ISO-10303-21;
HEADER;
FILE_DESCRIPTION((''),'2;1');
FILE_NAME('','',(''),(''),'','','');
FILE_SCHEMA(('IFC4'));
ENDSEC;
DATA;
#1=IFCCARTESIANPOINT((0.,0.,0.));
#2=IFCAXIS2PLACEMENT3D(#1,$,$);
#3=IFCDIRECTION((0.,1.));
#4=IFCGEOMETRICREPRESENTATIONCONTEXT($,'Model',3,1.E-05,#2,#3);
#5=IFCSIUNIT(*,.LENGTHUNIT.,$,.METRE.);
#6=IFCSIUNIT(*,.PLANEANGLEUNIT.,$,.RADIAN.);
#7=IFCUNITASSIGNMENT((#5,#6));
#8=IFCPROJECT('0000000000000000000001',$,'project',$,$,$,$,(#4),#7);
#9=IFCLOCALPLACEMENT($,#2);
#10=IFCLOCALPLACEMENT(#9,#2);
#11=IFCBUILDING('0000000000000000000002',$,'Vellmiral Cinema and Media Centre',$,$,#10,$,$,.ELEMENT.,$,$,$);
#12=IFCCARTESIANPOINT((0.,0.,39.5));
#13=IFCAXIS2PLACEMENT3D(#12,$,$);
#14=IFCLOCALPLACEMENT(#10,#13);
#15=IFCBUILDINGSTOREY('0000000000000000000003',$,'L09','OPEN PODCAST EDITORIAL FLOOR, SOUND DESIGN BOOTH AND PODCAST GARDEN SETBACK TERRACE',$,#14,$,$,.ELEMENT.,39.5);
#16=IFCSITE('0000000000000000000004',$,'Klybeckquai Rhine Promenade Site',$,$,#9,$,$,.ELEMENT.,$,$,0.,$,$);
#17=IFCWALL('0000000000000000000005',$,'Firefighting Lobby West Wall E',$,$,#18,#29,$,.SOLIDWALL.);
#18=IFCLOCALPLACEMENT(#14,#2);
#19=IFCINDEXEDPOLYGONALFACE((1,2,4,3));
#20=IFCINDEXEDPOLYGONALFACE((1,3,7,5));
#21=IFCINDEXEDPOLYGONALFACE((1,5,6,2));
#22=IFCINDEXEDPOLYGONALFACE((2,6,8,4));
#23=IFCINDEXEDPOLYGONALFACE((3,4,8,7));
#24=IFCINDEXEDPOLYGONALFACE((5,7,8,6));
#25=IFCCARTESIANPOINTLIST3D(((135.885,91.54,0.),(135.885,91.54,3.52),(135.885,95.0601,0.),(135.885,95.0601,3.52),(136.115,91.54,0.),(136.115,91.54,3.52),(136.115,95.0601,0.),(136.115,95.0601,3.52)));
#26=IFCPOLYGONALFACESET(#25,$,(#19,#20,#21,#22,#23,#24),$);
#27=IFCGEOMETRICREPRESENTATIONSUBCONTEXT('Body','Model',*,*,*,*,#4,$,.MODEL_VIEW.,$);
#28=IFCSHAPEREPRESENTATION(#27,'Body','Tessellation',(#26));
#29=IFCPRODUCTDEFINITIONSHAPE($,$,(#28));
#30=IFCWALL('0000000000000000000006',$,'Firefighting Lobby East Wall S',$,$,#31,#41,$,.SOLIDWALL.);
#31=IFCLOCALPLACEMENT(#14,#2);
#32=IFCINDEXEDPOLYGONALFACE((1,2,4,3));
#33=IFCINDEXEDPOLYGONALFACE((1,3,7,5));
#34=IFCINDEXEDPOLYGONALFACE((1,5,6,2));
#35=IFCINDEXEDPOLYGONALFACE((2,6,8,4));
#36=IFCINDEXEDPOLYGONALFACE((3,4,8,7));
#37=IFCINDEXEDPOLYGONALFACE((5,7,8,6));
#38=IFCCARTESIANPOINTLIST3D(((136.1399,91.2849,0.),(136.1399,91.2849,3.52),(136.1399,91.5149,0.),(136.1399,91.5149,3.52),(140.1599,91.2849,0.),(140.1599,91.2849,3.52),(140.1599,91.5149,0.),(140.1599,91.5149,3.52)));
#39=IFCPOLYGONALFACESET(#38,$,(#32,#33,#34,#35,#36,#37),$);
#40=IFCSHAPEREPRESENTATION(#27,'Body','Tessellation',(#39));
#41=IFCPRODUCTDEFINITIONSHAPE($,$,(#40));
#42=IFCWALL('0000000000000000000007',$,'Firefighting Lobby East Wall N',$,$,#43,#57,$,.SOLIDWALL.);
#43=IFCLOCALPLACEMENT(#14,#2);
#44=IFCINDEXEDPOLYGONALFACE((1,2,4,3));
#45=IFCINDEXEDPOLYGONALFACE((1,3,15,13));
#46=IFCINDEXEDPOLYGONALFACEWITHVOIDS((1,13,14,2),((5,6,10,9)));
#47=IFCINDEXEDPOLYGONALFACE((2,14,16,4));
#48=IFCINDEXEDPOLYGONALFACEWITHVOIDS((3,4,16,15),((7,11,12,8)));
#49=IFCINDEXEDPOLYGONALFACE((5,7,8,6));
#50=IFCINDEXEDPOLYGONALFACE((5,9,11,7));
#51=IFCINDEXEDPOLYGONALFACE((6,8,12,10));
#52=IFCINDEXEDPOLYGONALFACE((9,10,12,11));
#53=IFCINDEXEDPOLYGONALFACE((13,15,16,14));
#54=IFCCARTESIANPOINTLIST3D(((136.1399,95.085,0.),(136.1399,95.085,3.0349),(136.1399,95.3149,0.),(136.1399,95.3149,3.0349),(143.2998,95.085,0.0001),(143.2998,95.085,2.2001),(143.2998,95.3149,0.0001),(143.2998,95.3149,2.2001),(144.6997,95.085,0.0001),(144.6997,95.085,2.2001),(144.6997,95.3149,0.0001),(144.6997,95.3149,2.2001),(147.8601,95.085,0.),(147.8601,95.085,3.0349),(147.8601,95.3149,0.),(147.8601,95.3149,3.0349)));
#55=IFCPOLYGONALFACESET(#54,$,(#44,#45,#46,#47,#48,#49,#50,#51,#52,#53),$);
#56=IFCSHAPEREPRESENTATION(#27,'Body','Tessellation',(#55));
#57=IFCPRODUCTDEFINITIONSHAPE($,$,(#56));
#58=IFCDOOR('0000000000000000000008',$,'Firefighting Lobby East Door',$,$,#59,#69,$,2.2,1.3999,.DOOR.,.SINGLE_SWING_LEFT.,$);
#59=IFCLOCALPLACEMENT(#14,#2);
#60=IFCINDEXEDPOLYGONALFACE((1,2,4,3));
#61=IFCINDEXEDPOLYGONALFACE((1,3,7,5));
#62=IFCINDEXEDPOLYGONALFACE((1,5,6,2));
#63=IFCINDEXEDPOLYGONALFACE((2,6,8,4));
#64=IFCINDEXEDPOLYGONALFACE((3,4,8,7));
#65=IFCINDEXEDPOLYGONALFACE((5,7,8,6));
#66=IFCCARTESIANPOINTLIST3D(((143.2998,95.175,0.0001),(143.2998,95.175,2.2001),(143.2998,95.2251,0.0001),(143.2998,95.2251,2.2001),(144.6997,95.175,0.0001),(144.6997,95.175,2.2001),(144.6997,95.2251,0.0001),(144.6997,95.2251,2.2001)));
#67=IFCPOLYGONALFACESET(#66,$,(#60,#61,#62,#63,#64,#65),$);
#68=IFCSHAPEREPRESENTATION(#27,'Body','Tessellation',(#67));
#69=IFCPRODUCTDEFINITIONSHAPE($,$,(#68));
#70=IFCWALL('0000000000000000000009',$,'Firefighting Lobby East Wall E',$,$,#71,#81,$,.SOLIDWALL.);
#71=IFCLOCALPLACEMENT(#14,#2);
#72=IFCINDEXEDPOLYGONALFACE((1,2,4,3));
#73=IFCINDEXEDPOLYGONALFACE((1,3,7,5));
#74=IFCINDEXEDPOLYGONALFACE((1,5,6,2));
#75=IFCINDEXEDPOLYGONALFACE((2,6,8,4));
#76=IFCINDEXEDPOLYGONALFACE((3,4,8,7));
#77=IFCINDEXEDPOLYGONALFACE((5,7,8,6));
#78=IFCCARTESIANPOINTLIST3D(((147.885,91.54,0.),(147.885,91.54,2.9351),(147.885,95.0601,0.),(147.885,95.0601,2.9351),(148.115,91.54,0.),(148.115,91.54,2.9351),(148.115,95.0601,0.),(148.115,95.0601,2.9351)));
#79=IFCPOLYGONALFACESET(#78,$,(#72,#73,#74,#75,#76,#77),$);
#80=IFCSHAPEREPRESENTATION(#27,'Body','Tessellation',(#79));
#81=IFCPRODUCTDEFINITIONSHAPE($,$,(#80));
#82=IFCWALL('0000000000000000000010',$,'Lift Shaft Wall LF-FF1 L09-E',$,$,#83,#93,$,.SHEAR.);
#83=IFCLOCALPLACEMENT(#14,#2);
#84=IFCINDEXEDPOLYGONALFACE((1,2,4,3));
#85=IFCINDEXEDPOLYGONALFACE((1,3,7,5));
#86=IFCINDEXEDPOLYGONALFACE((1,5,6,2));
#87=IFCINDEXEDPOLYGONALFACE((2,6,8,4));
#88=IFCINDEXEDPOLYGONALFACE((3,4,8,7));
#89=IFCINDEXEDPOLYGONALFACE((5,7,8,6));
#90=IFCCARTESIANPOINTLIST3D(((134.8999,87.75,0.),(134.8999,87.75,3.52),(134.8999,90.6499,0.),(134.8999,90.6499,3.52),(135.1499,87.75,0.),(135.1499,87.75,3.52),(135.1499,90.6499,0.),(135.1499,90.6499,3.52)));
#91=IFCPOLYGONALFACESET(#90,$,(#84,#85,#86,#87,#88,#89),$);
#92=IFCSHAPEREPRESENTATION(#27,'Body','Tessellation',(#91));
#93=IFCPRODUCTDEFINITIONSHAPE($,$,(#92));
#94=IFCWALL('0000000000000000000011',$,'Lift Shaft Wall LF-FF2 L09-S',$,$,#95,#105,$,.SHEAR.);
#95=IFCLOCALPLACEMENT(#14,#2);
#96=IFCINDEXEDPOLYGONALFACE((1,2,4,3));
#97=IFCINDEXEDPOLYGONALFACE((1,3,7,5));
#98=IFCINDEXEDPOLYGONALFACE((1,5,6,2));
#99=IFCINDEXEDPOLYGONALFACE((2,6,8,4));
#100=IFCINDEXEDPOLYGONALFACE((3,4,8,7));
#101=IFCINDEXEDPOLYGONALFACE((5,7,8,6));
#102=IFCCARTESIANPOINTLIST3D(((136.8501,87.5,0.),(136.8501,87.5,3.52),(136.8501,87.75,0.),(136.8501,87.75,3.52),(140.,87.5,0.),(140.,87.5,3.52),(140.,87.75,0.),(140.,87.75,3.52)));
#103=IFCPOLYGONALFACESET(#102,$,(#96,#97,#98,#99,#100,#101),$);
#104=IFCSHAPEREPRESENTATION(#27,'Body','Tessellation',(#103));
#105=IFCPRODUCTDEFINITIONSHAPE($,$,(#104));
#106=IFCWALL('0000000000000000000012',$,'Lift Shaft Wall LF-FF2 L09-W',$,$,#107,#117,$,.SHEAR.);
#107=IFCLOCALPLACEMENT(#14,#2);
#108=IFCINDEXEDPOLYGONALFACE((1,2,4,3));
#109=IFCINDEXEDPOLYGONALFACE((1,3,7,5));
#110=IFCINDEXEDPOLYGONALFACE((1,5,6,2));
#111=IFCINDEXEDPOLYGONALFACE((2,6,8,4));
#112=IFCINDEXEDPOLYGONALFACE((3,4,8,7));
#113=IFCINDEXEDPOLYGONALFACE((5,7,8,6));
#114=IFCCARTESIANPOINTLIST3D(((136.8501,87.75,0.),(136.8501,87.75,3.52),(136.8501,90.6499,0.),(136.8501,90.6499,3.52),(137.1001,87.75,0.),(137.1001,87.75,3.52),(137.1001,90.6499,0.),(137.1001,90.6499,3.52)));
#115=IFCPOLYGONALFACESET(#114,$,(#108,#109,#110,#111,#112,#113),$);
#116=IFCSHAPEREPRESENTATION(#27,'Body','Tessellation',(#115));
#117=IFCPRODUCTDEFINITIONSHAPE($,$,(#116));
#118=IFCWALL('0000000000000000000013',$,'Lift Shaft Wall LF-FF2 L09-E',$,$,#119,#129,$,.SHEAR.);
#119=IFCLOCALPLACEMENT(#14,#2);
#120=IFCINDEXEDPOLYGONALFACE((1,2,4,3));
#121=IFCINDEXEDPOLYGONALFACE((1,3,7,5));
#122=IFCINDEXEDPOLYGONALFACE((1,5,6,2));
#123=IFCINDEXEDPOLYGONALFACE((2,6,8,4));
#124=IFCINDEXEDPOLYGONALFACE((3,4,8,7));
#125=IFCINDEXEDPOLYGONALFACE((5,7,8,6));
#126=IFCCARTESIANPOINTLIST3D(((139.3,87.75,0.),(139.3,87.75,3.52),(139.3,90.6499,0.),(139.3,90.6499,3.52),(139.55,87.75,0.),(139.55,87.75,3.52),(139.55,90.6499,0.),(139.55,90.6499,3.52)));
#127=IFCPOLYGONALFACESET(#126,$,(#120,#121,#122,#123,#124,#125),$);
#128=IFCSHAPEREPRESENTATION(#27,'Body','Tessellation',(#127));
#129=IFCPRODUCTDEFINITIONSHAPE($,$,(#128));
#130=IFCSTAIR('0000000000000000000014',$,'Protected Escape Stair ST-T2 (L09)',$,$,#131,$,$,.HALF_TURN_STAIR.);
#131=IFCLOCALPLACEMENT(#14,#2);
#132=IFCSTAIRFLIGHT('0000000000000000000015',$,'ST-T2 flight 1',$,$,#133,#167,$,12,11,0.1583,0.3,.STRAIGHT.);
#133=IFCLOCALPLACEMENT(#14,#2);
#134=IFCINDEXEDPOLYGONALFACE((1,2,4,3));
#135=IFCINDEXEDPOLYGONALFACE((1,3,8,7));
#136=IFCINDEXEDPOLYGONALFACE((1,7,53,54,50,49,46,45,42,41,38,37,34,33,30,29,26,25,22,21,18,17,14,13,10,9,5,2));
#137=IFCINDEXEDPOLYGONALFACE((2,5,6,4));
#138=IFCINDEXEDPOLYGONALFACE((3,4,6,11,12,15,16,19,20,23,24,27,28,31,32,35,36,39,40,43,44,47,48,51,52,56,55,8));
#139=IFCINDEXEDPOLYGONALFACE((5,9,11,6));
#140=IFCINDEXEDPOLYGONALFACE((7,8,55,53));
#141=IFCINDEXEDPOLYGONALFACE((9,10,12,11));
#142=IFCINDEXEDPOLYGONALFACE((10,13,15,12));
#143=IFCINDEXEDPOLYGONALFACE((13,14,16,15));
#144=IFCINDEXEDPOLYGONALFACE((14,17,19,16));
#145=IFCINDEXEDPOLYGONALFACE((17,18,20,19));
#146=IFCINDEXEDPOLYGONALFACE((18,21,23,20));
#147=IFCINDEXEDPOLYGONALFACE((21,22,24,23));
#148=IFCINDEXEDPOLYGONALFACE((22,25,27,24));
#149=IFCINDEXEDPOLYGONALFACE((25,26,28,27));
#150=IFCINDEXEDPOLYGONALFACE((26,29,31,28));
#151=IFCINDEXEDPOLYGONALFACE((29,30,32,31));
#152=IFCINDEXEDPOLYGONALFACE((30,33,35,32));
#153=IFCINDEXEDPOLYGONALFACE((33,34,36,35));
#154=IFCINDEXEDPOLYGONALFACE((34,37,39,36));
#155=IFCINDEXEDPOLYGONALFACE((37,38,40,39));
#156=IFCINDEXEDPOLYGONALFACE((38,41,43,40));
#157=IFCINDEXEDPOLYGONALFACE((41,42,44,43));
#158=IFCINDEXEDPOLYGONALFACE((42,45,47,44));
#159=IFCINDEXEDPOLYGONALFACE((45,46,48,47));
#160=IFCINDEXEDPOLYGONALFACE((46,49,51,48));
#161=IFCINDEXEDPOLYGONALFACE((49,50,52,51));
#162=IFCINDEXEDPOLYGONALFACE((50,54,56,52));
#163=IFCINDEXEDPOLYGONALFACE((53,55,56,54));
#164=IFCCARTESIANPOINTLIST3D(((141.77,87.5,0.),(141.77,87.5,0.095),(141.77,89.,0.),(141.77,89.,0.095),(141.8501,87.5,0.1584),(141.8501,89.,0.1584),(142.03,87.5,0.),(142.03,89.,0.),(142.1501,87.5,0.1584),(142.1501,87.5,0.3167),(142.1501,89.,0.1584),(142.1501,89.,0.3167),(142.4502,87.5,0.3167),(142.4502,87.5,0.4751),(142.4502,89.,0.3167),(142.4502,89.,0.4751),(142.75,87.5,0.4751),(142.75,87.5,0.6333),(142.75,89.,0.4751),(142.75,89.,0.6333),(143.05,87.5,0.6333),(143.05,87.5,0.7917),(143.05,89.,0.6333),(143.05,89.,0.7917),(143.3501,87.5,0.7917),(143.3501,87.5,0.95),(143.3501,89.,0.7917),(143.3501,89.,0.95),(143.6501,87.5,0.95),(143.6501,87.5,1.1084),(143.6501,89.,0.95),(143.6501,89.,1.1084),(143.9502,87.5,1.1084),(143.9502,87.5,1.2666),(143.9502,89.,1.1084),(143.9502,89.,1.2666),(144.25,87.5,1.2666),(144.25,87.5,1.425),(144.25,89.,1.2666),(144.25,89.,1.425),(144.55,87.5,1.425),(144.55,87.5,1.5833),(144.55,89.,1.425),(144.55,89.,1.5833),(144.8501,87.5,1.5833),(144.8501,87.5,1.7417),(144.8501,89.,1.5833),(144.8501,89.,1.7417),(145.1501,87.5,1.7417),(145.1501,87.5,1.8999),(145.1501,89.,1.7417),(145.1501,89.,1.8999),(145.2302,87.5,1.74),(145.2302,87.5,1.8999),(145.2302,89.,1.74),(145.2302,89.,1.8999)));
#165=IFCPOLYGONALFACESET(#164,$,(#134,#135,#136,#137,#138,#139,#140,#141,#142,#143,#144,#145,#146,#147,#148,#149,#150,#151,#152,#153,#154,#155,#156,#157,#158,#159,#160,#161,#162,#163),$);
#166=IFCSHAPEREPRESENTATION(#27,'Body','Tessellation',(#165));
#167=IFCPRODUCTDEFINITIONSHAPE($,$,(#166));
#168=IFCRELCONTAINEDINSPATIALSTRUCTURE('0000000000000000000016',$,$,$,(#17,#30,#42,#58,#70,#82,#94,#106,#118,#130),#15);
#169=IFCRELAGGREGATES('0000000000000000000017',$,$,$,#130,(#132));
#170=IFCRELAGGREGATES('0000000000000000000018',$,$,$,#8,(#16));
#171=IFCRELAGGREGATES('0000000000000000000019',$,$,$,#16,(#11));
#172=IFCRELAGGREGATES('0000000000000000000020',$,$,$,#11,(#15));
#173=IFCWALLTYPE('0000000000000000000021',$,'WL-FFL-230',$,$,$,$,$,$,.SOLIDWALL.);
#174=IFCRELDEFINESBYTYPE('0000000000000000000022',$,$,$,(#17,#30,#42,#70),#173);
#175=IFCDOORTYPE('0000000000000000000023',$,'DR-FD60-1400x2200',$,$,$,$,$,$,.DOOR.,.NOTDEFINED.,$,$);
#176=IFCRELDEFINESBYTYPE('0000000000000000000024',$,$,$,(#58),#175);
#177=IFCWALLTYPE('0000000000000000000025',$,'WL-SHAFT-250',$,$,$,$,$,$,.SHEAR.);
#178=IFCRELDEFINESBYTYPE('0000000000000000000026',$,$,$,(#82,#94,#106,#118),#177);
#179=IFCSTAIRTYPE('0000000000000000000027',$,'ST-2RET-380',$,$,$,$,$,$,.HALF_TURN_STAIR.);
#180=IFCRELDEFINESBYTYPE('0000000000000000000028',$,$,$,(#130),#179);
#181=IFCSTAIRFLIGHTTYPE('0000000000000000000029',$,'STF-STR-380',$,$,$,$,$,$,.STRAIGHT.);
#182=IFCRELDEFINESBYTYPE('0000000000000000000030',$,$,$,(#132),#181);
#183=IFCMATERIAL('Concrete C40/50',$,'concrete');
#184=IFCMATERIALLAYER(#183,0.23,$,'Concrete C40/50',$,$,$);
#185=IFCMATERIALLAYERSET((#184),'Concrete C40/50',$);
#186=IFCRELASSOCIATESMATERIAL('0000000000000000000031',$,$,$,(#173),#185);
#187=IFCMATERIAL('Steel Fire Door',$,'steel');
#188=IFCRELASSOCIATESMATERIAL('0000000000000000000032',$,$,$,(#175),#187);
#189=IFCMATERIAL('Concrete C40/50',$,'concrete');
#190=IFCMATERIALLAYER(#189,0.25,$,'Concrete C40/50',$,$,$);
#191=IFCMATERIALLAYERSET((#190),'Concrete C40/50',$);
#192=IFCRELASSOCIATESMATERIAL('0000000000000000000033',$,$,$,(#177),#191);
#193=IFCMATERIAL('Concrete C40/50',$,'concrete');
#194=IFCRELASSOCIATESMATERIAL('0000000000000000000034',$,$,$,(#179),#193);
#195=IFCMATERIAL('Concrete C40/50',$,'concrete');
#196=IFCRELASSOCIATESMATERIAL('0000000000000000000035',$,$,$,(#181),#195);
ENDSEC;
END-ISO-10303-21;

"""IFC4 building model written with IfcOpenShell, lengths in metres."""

from ifc_helpers import new_model, si_unit, direction, frame, frame_2d, origin, place, context, subcontext, project, spatial, polyline, rectangle, outline, extrude, material, layer, layer_set, type_object, element, fill, aggregate, save


model = new_model("IFC4")

# Units and contexts
model_context = context("Model", 3, precision=1e-05, world=origin(), true_north=direction((0.0, 1.0)))
body_context = subcontext(model_context, "Body", "Model", "MODEL_VIEW")
ifc_project = project(units=[si_unit("LENGTHUNIT", "METRE"), si_unit("PLANEANGLEUNIT", "RADIAN")], contexts=[model_context])

# Site, building, storey
site_placement = place(None, origin())
site = spatial("IfcSite", under=ifc_project, at=site_placement, Name="Klybeckquai Rhine Promenade Site", CompositionType="ELEMENT", RefElevation=0.0)
building_placement = place(site_placement, origin())
building = spatial("IfcBuilding", under=site, at=building_placement, Name="Vellmiral Cinema and Media Centre", CompositionType="ELEMENT")
storey_placement = place(building_placement, frame((0.0, 0.0, 39.5)))
storey = spatial("IfcBuildingStorey", under=building, at=storey_placement, Name="L09", Description="OPEN PODCAST EDITORIAL FLOOR, SOUND DESIGN BOOTH AND PODCAST GARDEN SETBACK TERRACE", CompositionType="ELEMENT", Elevation=39.5)

# Walls
ifc_material_1 = material(Name="Concrete C40/50", Category="concrete")
ifc_layer_1 = layer(ifc_material_1, 0.23, Name="Concrete C40/50")
ifc_layer_set_1 = layer_set([ifc_layer_1], Name="Concrete C40/50")
wall_type_1 = type_object("IfcWallType", Name="WL-FFL-230", PredefinedType="SOLIDWALL", material=ifc_layer_set_1)
wall_1_placement = place(storey_placement, frame((136.0, 91.54, 0.0), z_axis=(0.0, 0.0, 1.0), x_axis=(0.0, 1.0, 0.0)))
element("IfcWall", 1, at=wall_1_placement, inside=storey, type_object=wall_type_1, Name="Firefighting Lobby West Wall E", PredefinedType="SOLIDWALL", context=body_context, shape_type="SweptSolid", body=[
    extrude(rectangle(XDim=3.52, YDim=0.23, at=frame_2d((1.76, 0.0))), origin(), (0.0, 0.0, 1.0), 3.52),
])
wall_2_placement = place(storey_placement, frame((136.1399, 91.3999, 0.0), z_axis=(0.0, 0.0, 1.0), x_axis=(1.0, 0.0, 0.0)))
element("IfcWall", 2, at=wall_2_placement, inside=storey, type_object=wall_type_1, Name="Firefighting Lobby East Wall S", PredefinedType="SOLIDWALL", context=body_context, shape_type="SweptSolid", body=[
    extrude(rectangle(XDim=4.02, YDim=0.23, at=frame_2d((2.01, 0.0))), origin(), (0.0, 0.0, 1.0), 3.52),
])

# Wall, opening, door
wall_3_placement = place(storey_placement, frame((136.1399, 95.2, 0.0), z_axis=(0.0, 0.0, 1.0), x_axis=(1.0, 0.0, 0.0)))
wall_3 = element("IfcWall", 3, at=wall_3_placement, inside=storey, type_object=wall_type_1, Name="Firefighting Lobby East Wall N", PredefinedType="SOLIDWALL", context=body_context, shape_type="SweptSolid", body=[
    extrude(rectangle(XDim=11.7202, YDim=0.23, at=frame_2d((5.8601, 0.0))), origin(), (0.0, 0.0, 1.0), 3.0349),
])
opening_1_placement = place(wall_3_placement, frame((7.1599, 0.0, 0.0)))
opening_1 = element("IfcOpeningElement", 4, at=opening_1_placement, cuts=wall_3, PredefinedType="OPENING", context=body_context, shape_type="SweptSolid", body=[
    extrude(rectangle(XDim=1.3999, YDim=2.2, at=frame_2d((0.7, 1.1001))), frame((0.0, 0.127, 0.0), z_axis=(0.0, -1.0, 0.0), x_axis=(1.0, 0.0, 0.0)), (0.0, 0.0, 1.0), 0.2539),
])
ifc_material_2 = material(Name="Steel Fire Door", Category="steel")
door_type_1 = type_object("IfcDoorType", Name="DR-FD60-1400x2200", OperationType="NOTDEFINED", PredefinedType="DOOR", material=ifc_material_2)
door_1_placement = place(opening_1_placement, frame((1.3999, 0.0, 0.0), z_axis=(0.0, 0.0, 1.0), x_axis=(-1.0, 0.0, 0.0)))
door_1 = element("IfcDoor", 5, at=door_1_placement, inside=storey, type_object=door_type_1, Name="Firefighting Lobby East Door", OperationType="SINGLE_SWING_LEFT", OverallHeight=2.2, OverallWidth=1.3999, PredefinedType="DOOR", context=body_context, shape_type="SweptSolid", body=[
    extrude(rectangle(XDim=1.3999, YDim=2.2, at=frame_2d((0.7, 1.1001))), frame((0.0, 0.0249, 0.0), z_axis=(0.0, -1.0, 0.0), x_axis=(1.0, 0.0, 0.0)), (0.0, 0.0, 1.0), 0.05),
])
fill(opening_1, door_1)

# Walls
wall_4_placement = place(storey_placement, frame((148.0, 91.54, 0.0), z_axis=(0.0, 0.0, 1.0), x_axis=(0.0, 1.0, 0.0)))
element("IfcWall", 6, at=wall_4_placement, inside=storey, type_object=wall_type_1, Name="Firefighting Lobby East Wall E", PredefinedType="SOLIDWALL", context=body_context, shape_type="SweptSolid", body=[
    extrude(rectangle(XDim=3.52, YDim=0.23, at=frame_2d((1.76, 0.0))), origin(), (0.0, 0.0, 1.0), 2.9351),
])
ifc_material_3 = material(Name="Concrete C40/50", Category="concrete")
ifc_layer_2 = layer(ifc_material_3, 0.25, Name="Concrete C40/50")
ifc_layer_set_2 = layer_set([ifc_layer_2], Name="Concrete C40/50")
wall_type_2 = type_object("IfcWallType", Name="WL-SHAFT-250", PredefinedType="SHEAR", material=ifc_layer_set_2)
wall_5_placement = place(storey_placement, frame((135.0249, 87.75, 0.0), z_axis=(0.0, 0.0, 1.0), x_axis=(0.0, 1.0, 0.0)))
element("IfcWall", 7, at=wall_5_placement, inside=storey, type_object=wall_type_2, Name="Lift Shaft Wall LF-FF1 L09-E", PredefinedType="SHEAR", context=body_context, shape_type="SweptSolid", body=[
    extrude(rectangle(XDim=2.8999, YDim=0.25, at=frame_2d((1.45, 0.0))), origin(), (0.0, 0.0, 1.0), 3.52),
])
wall_6_placement = place(storey_placement, frame((136.8501, 87.625, 0.0), z_axis=(0.0, 0.0, 1.0), x_axis=(1.0, 0.0, 0.0)))
element("IfcWall", 8, at=wall_6_placement, inside=storey, type_object=wall_type_2, Name="Lift Shaft Wall LF-FF2 L09-S", PredefinedType="SHEAR", context=body_context, shape_type="SweptSolid", body=[
    extrude(rectangle(XDim=3.1499, YDim=0.25, at=frame_2d((1.575, 0.0))), origin(), (0.0, 0.0, 1.0), 3.52),
])

# Walls
for number, where, z_axis, x_axis, name in (
    (9, (136.9751, 87.75, 0.0), (0.0, 0.0, 1.0), (0.0, 1.0, 0.0), "Lift Shaft Wall LF-FF2 L09-W"),
    (10, (139.425, 87.75, 0.0), (0.0, 0.0, 1.0), (0.0, 1.0, 0.0), "Lift Shaft Wall LF-FF2 L09-E"),
):
    element("IfcWall", number, at=place(storey_placement, frame(where, z_axis=z_axis, x_axis=x_axis)), inside=storey, type_object=wall_type_2, Name=name, PredefinedType="SHEAR", context=body_context, shape_type="SweptSolid", body=[
        extrude(rectangle(XDim=2.8999, YDim=0.25, at=frame_2d((1.45, 0.0))), origin(), (0.0, 0.0, 1.0), 3.52),
    ])

# Stair, stair flight
ifc_material_4 = material(Name="Concrete C40/50", Category="concrete")
stair_type = type_object("IfcStairType", Name="ST-2RET-380", PredefinedType="HALF_TURN_STAIR", material=ifc_material_4)
stair_placement = place(storey_placement, origin())
stair = element("IfcStair", 11, at=stair_placement, inside=storey, type_object=stair_type, Name="Protected Escape Stair ST-T2 (L09)", PredefinedType="HALF_TURN_STAIR")
ifc_material_5 = material(Name="Concrete C40/50", Category="concrete")
stair_flight_type = type_object("IfcStairFlightType", Name="STF-STR-380", PredefinedType="STRAIGHT", material=ifc_material_5)
stair_flight_1_placement = place(storey_placement, frame((141.8501, 88.25, 0.0), z_axis=(0.0, 0.0, 1.0), x_axis=(1.0, 0.0, 0.0)))
stair_flight_1 = element("IfcStairFlight", 12, at=stair_flight_1_placement, type_object=stair_flight_type, Name="ST-T2 flight 1", NumberOfRisers=12, NumberOfTreads=11, PredefinedType="STRAIGHT", RiserHeight=0.1583, TreadLength=0.3, context=body_context, shape_type="SweptSolid", body=[
    extrude(outline(polyline([(-0.0801, 0.0), (-0.0801, 0.095), (0.0, 0.1584), (0.3, 0.1584), (0.3, 0.3167), (0.6001, 0.3167), (0.6001, 0.4751), (0.8999, 0.4751), (0.8999, 0.6333), (1.2, 0.6333), (1.2, 0.7917), (1.5, 0.7917), (1.5, 0.95), (1.8, 0.95), (1.8, 1.1084), (2.1001, 1.1084), (2.1001, 1.2666), (2.3999, 1.2666), (2.3999, 1.425), (2.7, 1.425), (2.7, 1.5833), (3.0, 1.5833), (3.0, 1.7417), (3.3, 1.7417), (3.3, 1.8999), (3.3801, 1.8999), (3.3801, 1.74), (0.1799, 0.0), (-0.0801, 0.0)])), frame((0.0, 0.75, 0.0), z_axis=(0.0, -1.0, 0.0), x_axis=(1.0, 0.0, 0.0)), (0.0, 0.0, 1.0), 1.5),
])
aggregate(stair, [stair_flight_1])

save(model, "model.ifc")
